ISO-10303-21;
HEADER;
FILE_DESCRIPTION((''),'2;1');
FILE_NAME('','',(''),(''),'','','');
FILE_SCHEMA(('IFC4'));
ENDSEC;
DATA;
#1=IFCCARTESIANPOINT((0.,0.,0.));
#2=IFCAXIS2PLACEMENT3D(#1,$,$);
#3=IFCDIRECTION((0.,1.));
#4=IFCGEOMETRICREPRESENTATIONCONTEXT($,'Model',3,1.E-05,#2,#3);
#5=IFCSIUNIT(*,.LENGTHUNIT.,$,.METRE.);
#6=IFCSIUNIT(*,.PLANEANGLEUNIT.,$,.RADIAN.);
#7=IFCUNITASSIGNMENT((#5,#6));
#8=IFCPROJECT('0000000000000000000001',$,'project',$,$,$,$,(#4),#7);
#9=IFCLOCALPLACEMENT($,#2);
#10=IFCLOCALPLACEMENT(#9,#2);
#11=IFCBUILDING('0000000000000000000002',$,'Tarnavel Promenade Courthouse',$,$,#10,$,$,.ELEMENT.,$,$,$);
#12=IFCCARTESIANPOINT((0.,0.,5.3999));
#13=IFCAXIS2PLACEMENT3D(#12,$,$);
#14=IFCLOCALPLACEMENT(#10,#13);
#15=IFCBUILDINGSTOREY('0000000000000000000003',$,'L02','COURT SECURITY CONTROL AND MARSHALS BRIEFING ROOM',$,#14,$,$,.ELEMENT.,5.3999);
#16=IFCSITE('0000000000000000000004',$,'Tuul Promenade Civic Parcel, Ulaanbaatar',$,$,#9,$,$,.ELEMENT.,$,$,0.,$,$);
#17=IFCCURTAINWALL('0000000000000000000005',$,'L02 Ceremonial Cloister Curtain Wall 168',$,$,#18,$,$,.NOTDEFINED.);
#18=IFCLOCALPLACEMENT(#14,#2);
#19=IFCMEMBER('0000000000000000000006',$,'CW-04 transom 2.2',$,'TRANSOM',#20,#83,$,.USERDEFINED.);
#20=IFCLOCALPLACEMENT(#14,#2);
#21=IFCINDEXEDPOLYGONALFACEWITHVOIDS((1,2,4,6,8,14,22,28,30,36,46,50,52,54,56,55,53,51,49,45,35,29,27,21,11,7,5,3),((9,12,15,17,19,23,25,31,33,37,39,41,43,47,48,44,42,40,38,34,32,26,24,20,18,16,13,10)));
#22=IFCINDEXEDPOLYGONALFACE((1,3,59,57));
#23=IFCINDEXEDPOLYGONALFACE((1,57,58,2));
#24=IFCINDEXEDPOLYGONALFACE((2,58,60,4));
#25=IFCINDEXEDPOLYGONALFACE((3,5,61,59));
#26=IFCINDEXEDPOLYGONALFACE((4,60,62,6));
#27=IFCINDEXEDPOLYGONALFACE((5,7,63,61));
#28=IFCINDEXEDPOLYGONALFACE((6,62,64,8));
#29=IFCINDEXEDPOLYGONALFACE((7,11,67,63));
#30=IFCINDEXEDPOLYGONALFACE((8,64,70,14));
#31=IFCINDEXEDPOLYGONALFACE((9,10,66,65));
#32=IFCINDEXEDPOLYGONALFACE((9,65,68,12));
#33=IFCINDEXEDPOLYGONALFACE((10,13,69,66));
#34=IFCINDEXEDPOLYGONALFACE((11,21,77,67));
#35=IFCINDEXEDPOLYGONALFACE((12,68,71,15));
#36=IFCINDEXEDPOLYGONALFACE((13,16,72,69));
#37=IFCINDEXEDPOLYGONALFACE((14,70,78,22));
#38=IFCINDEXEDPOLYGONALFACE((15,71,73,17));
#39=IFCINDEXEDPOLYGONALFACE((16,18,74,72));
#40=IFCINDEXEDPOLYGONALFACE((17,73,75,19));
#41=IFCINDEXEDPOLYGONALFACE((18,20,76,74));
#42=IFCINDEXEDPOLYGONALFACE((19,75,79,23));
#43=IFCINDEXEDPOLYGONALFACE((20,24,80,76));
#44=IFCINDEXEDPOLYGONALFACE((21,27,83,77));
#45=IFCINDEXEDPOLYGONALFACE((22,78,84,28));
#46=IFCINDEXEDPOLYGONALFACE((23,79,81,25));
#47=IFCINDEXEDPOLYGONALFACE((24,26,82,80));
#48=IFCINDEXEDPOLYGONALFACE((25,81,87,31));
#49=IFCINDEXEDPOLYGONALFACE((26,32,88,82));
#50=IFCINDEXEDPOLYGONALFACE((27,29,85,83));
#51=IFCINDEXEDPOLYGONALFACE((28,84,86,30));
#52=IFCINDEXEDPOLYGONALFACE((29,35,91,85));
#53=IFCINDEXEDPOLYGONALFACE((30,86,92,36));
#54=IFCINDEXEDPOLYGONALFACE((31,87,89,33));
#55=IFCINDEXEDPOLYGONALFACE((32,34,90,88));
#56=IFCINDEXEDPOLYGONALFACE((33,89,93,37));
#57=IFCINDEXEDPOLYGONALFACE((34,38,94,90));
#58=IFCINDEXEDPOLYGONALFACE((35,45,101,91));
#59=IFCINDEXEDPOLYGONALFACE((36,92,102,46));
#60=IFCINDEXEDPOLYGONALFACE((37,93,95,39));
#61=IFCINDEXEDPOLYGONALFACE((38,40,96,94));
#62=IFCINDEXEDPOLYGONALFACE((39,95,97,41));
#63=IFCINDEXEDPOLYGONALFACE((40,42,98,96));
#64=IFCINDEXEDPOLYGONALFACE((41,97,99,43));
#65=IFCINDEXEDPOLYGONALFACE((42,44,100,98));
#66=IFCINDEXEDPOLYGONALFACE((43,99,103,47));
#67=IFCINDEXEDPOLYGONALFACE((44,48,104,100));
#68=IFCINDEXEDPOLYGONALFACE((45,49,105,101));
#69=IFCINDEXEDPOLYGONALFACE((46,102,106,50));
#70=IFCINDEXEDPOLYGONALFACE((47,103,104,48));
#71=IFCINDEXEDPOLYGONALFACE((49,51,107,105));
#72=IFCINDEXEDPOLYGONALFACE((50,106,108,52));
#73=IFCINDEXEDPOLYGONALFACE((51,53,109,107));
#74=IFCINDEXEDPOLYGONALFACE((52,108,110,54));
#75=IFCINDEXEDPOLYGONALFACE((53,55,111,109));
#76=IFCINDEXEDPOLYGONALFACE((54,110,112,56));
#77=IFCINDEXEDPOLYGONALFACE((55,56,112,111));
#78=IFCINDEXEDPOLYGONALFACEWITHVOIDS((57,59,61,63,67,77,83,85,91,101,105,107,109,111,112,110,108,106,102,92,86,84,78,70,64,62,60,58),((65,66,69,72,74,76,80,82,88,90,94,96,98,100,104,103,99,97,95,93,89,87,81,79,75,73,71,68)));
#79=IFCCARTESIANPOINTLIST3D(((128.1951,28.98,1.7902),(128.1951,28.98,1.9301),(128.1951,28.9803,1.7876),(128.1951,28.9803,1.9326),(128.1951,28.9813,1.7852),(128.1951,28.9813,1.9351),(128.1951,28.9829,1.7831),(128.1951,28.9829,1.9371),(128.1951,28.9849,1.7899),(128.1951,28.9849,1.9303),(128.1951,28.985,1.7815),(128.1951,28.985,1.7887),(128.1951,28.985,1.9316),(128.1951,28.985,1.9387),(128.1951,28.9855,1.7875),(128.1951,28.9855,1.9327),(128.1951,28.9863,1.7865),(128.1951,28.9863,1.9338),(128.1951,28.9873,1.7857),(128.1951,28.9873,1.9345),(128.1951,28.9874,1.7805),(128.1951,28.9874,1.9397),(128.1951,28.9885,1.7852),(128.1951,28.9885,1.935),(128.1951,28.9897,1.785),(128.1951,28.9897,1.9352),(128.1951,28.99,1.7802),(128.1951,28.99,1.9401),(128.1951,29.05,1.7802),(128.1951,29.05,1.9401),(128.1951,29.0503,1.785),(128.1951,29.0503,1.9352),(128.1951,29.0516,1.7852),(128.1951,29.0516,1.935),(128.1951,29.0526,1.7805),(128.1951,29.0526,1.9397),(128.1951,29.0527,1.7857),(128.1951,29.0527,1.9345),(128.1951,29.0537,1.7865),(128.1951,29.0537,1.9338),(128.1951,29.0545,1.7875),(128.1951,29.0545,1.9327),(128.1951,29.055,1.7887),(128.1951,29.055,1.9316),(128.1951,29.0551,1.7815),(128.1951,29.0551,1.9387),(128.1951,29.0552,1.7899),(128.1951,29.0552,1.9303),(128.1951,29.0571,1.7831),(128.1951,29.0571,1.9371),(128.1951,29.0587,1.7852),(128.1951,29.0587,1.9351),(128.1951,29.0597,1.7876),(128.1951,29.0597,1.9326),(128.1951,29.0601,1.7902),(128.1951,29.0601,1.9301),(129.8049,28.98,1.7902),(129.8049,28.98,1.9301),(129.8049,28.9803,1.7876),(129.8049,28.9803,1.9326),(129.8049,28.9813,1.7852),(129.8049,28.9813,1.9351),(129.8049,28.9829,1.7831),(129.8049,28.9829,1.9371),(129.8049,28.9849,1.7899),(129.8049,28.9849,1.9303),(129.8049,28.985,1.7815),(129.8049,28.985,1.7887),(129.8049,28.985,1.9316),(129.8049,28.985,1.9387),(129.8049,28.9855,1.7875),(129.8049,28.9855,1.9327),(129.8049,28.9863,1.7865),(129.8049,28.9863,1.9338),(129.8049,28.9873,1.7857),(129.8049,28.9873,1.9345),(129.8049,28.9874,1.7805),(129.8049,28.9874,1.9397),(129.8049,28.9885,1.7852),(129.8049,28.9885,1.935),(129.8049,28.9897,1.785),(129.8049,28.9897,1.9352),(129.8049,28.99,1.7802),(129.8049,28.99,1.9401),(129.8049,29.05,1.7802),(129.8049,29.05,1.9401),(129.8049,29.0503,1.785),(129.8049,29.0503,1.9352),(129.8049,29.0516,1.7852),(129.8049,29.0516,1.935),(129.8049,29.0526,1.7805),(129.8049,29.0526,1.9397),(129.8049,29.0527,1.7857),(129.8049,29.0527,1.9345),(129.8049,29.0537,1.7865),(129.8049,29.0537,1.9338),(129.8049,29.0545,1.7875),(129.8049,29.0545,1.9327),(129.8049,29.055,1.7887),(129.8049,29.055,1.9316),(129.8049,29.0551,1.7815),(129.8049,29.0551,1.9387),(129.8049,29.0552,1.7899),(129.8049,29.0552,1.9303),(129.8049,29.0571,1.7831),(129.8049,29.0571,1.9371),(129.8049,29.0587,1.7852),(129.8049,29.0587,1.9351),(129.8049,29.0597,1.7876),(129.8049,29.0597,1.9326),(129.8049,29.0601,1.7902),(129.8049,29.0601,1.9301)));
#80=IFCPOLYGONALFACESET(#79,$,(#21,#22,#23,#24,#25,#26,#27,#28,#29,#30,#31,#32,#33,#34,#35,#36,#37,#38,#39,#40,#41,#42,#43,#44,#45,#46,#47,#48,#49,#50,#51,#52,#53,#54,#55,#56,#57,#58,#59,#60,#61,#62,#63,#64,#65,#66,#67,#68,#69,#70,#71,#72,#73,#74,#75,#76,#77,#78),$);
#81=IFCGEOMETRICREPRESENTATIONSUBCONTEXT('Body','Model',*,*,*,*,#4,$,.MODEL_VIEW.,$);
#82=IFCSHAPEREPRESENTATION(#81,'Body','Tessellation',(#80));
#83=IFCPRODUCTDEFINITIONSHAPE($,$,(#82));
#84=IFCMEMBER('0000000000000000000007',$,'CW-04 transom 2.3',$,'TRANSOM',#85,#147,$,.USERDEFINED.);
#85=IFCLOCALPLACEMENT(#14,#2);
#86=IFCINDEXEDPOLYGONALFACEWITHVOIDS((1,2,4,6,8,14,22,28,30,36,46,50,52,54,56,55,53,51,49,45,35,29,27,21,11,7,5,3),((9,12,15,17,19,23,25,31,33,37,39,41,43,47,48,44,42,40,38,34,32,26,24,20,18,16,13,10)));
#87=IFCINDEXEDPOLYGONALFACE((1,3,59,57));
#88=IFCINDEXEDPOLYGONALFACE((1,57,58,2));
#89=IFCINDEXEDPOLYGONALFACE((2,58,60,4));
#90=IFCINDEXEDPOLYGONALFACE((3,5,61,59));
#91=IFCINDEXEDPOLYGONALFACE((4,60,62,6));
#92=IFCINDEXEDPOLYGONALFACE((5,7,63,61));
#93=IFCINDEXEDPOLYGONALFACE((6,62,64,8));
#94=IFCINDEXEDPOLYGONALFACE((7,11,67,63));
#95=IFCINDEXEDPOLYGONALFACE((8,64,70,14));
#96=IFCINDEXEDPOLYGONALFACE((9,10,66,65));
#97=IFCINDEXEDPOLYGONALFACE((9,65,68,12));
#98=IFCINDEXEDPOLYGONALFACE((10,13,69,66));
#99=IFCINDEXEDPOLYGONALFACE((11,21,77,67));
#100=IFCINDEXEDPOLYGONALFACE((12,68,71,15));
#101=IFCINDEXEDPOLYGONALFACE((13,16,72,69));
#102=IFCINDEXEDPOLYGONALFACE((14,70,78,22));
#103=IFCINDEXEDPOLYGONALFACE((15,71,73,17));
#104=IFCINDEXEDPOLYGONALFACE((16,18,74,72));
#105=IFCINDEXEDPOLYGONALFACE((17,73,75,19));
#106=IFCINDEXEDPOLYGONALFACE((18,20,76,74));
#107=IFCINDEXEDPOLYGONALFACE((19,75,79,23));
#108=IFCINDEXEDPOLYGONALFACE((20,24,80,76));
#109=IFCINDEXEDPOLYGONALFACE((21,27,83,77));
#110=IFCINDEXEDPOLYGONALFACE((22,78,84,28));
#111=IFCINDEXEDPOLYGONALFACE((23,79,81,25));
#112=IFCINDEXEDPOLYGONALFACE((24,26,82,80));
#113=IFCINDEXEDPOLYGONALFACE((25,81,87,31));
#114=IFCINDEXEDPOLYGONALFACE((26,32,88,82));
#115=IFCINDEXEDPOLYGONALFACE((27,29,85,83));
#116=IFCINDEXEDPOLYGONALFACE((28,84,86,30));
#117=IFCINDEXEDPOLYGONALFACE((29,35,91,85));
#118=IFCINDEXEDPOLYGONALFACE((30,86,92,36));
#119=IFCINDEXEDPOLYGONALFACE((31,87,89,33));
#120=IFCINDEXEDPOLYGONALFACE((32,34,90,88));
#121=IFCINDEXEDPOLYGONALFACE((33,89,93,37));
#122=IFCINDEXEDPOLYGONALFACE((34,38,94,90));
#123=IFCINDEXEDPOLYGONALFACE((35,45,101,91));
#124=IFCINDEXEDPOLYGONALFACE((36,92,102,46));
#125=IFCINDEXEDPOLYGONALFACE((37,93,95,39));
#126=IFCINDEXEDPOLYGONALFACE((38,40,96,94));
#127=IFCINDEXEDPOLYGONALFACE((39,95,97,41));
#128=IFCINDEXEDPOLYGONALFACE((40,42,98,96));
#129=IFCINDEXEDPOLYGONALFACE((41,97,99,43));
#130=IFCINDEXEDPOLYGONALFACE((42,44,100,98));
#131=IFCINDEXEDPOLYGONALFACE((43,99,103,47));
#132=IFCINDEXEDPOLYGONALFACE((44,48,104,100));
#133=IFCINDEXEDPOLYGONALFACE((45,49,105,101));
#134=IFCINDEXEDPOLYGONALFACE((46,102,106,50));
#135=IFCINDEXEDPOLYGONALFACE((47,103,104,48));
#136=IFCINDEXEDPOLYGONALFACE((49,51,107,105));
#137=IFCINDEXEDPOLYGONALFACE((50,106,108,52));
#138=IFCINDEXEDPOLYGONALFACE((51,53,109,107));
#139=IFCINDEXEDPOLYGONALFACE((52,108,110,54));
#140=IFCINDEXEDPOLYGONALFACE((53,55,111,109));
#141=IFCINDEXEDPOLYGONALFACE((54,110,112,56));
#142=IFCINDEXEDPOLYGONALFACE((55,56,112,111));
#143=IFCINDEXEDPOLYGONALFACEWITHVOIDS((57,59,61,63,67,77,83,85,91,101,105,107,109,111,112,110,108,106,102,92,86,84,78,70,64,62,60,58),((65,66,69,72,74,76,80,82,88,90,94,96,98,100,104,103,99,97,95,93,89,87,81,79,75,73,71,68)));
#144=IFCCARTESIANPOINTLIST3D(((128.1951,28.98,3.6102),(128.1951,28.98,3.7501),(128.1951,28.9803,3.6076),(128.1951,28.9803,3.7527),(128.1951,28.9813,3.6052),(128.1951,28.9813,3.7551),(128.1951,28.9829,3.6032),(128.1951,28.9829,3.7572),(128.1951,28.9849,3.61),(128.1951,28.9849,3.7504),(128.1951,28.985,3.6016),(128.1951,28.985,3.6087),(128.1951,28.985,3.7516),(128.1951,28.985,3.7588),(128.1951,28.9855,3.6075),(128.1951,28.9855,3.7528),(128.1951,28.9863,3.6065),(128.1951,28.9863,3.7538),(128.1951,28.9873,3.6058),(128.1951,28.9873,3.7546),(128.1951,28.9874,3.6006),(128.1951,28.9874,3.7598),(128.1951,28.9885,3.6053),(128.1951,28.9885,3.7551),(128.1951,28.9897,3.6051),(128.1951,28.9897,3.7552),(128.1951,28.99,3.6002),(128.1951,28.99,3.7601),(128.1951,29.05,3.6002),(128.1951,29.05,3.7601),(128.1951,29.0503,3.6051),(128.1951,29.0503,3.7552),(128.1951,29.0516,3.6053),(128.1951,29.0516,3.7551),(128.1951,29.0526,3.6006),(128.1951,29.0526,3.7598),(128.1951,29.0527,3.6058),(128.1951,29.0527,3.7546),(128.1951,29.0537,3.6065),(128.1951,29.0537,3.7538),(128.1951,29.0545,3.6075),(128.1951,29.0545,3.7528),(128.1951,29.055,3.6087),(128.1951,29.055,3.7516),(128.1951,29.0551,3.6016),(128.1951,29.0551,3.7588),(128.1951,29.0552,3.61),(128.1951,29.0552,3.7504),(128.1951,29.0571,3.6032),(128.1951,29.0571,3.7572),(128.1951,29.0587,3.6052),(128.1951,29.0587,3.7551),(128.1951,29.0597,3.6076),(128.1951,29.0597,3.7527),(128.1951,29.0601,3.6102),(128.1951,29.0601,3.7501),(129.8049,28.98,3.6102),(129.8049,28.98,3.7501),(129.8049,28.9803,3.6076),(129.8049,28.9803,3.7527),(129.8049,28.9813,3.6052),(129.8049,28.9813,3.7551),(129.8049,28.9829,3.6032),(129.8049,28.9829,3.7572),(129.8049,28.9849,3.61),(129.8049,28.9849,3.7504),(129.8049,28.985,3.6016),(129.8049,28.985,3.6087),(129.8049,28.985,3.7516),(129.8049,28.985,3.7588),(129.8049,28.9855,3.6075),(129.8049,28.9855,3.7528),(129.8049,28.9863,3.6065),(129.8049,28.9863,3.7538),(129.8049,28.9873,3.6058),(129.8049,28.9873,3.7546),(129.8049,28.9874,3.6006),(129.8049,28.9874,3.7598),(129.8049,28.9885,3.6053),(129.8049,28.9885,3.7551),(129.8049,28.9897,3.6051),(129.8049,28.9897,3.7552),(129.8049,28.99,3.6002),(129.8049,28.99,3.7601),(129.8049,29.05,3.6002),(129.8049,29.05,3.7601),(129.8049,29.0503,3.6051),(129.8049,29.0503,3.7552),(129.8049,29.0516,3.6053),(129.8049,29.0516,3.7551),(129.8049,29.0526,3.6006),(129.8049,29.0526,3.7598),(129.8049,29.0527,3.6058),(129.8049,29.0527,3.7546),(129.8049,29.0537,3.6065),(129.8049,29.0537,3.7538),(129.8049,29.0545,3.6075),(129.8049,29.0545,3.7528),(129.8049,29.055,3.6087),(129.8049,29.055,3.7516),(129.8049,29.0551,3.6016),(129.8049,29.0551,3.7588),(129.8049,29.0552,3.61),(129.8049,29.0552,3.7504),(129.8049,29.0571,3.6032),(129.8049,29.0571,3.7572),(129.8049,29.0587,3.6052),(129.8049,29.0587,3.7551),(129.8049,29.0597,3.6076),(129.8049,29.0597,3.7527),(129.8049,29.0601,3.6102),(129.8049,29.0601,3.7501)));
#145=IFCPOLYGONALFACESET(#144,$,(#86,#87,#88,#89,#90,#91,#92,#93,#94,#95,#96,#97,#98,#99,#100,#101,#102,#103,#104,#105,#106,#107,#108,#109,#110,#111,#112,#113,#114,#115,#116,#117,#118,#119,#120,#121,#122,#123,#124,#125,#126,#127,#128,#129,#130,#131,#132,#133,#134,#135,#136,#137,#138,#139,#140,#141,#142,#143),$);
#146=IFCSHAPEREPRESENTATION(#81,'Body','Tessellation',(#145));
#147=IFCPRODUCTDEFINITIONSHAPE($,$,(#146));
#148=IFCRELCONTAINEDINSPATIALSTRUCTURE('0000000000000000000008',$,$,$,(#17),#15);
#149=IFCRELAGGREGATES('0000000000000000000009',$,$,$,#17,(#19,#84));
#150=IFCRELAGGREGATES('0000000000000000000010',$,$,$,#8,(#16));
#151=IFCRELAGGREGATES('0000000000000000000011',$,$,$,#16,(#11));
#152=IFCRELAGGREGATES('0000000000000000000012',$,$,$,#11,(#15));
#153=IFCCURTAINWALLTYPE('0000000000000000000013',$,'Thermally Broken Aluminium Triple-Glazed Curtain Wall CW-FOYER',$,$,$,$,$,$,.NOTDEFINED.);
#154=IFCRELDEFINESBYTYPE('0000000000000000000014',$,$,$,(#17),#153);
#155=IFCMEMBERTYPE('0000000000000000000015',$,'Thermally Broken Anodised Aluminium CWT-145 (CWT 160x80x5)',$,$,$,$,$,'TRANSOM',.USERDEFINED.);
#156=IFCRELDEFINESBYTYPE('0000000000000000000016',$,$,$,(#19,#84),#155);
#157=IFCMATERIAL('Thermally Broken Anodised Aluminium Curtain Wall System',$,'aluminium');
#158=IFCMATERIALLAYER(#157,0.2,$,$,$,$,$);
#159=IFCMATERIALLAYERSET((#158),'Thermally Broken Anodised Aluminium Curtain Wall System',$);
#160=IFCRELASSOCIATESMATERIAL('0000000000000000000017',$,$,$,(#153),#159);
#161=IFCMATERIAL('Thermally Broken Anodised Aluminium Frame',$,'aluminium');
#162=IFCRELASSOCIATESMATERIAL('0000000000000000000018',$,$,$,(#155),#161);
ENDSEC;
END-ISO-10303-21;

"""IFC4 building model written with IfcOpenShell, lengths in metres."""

from ifc_helpers import new_model, si_unit, direction, frame, origin, origin_2d, place, context, subcontext, project, spatial, hollow_rectangle, extrude, material, layer, layer_set, material_profile, profile_set, type_object, element, aggregate, save


model = new_model("IFC4")

# Units and contexts
model_context = context("Model", 3, precision=1e-05, world=origin(), true_north=direction((0.0, 1.0)))
body_context = subcontext(model_context, "Body", "Model", "MODEL_VIEW")
ifc_project = project(units=[si_unit("LENGTHUNIT", "METRE"), si_unit("PLANEANGLEUNIT", "RADIAN")], contexts=[model_context])

# Site, building, storey
site_placement = place(None, origin())
site = spatial("IfcSite", under=ifc_project, at=site_placement, Name="Tuul Promenade Civic Parcel, Ulaanbaatar", CompositionType="ELEMENT", RefElevation=0.0)
building_placement = place(site_placement, origin())
building = spatial("IfcBuilding", under=site, at=building_placement, Name="Tarnavel Promenade Courthouse", CompositionType="ELEMENT")
storey_placement = place(building_placement, frame((0.0, 0.0, 5.3999)))
storey = spatial("IfcBuildingStorey", under=building, at=storey_placement, Name="L02", Description="COURT SECURITY CONTROL AND MARSHALS BRIEFING ROOM", CompositionType="ELEMENT", Elevation=5.3999)

# Curtain wall
ifc_material_1 = material(Name="Thermally Broken Anodised Aluminium Curtain Wall System", Category="aluminium")
ifc_layer_1 = layer(ifc_material_1, 0.2)
ifc_layer_set_1 = layer_set([ifc_layer_1], Name="Thermally Broken Anodised Aluminium Curtain Wall System")
curtain_wall_type = type_object("IfcCurtainWallType", Name="Thermally Broken Aluminium Triple-Glazed Curtain Wall CW-FOYER", PredefinedType="NOTDEFINED", material=ifc_layer_set_1)
curtain_wall_1_placement = place(storey_placement, origin())
curtain_wall_1 = element("IfcCurtainWall", 1, at=curtain_wall_1_placement, inside=storey, type_object=curtain_wall_type, Name="L02 Ceremonial Cloister Curtain Wall 168", PredefinedType="NOTDEFINED")
ifc_material_2 = material(Name="Thermally Broken Anodised Aluminium Frame", Category="aluminium")

# Members
ifc_material_profile_1 = material_profile(ifc_material_2, hollow_rectangle(XDim=0.0801, YDim=0.1599, WallThickness=0.0049, InnerFilletRadius=0.0049, OuterFilletRadius=0.01, at=origin_2d()), Name="CWT 160x80x5")
ifc_profile_set_1 = profile_set([ifc_material_profile_1], Name="Thermally Broken Anodised Aluminium Frame")
member_type_1 = type_object("IfcMemberType", Name="Thermally Broken Anodised Aluminium CWT-145 (CWT 160x80x5)", ElementType="TRANSOM", PredefinedType="USERDEFINED", material=ifc_profile_set_1)
member_1_placement = place(storey_placement, frame((128.1951, 29.02, 1.8601), z_axis=(1.0, 0.0, 0.0), x_axis=(0.0, 1.0, 0.0)))
member_1 = element("IfcMember", 2, at=member_1_placement, type_object=member_type_1, Name="CW-04 transom 2.2", ObjectType="TRANSOM", PredefinedType="USERDEFINED", context=body_context, shape_type="SweptSolid", body=[
    extrude(hollow_rectangle(XDim=0.0801, YDim=0.1599, WallThickness=0.0049, InnerFilletRadius=0.0049, OuterFilletRadius=0.01, at=origin_2d()), origin(), (0.0, 0.0, 1.0), 1.6099),
])
member_2_placement = place(storey_placement, frame((128.1951, 29.02, 3.6802), z_axis=(1.0, 0.0, 0.0), x_axis=(0.0, 1.0, 0.0)))
member_2 = element("IfcMember", 3, at=member_2_placement, type_object=member_type_1, Name="CW-04 transom 2.3", ObjectType="TRANSOM", PredefinedType="USERDEFINED", context=body_context, shape_type="SweptSolid", body=[
    extrude(hollow_rectangle(XDim=0.0801, YDim=0.1599, WallThickness=0.0049, InnerFilletRadius=0.0049, OuterFilletRadius=0.01, at=origin_2d()), origin(), (0.0, 0.0, 1.0), 1.6099),
])

aggregate(curtain_wall_1, [member_1, member_2])

save(model, "model.ifc")
